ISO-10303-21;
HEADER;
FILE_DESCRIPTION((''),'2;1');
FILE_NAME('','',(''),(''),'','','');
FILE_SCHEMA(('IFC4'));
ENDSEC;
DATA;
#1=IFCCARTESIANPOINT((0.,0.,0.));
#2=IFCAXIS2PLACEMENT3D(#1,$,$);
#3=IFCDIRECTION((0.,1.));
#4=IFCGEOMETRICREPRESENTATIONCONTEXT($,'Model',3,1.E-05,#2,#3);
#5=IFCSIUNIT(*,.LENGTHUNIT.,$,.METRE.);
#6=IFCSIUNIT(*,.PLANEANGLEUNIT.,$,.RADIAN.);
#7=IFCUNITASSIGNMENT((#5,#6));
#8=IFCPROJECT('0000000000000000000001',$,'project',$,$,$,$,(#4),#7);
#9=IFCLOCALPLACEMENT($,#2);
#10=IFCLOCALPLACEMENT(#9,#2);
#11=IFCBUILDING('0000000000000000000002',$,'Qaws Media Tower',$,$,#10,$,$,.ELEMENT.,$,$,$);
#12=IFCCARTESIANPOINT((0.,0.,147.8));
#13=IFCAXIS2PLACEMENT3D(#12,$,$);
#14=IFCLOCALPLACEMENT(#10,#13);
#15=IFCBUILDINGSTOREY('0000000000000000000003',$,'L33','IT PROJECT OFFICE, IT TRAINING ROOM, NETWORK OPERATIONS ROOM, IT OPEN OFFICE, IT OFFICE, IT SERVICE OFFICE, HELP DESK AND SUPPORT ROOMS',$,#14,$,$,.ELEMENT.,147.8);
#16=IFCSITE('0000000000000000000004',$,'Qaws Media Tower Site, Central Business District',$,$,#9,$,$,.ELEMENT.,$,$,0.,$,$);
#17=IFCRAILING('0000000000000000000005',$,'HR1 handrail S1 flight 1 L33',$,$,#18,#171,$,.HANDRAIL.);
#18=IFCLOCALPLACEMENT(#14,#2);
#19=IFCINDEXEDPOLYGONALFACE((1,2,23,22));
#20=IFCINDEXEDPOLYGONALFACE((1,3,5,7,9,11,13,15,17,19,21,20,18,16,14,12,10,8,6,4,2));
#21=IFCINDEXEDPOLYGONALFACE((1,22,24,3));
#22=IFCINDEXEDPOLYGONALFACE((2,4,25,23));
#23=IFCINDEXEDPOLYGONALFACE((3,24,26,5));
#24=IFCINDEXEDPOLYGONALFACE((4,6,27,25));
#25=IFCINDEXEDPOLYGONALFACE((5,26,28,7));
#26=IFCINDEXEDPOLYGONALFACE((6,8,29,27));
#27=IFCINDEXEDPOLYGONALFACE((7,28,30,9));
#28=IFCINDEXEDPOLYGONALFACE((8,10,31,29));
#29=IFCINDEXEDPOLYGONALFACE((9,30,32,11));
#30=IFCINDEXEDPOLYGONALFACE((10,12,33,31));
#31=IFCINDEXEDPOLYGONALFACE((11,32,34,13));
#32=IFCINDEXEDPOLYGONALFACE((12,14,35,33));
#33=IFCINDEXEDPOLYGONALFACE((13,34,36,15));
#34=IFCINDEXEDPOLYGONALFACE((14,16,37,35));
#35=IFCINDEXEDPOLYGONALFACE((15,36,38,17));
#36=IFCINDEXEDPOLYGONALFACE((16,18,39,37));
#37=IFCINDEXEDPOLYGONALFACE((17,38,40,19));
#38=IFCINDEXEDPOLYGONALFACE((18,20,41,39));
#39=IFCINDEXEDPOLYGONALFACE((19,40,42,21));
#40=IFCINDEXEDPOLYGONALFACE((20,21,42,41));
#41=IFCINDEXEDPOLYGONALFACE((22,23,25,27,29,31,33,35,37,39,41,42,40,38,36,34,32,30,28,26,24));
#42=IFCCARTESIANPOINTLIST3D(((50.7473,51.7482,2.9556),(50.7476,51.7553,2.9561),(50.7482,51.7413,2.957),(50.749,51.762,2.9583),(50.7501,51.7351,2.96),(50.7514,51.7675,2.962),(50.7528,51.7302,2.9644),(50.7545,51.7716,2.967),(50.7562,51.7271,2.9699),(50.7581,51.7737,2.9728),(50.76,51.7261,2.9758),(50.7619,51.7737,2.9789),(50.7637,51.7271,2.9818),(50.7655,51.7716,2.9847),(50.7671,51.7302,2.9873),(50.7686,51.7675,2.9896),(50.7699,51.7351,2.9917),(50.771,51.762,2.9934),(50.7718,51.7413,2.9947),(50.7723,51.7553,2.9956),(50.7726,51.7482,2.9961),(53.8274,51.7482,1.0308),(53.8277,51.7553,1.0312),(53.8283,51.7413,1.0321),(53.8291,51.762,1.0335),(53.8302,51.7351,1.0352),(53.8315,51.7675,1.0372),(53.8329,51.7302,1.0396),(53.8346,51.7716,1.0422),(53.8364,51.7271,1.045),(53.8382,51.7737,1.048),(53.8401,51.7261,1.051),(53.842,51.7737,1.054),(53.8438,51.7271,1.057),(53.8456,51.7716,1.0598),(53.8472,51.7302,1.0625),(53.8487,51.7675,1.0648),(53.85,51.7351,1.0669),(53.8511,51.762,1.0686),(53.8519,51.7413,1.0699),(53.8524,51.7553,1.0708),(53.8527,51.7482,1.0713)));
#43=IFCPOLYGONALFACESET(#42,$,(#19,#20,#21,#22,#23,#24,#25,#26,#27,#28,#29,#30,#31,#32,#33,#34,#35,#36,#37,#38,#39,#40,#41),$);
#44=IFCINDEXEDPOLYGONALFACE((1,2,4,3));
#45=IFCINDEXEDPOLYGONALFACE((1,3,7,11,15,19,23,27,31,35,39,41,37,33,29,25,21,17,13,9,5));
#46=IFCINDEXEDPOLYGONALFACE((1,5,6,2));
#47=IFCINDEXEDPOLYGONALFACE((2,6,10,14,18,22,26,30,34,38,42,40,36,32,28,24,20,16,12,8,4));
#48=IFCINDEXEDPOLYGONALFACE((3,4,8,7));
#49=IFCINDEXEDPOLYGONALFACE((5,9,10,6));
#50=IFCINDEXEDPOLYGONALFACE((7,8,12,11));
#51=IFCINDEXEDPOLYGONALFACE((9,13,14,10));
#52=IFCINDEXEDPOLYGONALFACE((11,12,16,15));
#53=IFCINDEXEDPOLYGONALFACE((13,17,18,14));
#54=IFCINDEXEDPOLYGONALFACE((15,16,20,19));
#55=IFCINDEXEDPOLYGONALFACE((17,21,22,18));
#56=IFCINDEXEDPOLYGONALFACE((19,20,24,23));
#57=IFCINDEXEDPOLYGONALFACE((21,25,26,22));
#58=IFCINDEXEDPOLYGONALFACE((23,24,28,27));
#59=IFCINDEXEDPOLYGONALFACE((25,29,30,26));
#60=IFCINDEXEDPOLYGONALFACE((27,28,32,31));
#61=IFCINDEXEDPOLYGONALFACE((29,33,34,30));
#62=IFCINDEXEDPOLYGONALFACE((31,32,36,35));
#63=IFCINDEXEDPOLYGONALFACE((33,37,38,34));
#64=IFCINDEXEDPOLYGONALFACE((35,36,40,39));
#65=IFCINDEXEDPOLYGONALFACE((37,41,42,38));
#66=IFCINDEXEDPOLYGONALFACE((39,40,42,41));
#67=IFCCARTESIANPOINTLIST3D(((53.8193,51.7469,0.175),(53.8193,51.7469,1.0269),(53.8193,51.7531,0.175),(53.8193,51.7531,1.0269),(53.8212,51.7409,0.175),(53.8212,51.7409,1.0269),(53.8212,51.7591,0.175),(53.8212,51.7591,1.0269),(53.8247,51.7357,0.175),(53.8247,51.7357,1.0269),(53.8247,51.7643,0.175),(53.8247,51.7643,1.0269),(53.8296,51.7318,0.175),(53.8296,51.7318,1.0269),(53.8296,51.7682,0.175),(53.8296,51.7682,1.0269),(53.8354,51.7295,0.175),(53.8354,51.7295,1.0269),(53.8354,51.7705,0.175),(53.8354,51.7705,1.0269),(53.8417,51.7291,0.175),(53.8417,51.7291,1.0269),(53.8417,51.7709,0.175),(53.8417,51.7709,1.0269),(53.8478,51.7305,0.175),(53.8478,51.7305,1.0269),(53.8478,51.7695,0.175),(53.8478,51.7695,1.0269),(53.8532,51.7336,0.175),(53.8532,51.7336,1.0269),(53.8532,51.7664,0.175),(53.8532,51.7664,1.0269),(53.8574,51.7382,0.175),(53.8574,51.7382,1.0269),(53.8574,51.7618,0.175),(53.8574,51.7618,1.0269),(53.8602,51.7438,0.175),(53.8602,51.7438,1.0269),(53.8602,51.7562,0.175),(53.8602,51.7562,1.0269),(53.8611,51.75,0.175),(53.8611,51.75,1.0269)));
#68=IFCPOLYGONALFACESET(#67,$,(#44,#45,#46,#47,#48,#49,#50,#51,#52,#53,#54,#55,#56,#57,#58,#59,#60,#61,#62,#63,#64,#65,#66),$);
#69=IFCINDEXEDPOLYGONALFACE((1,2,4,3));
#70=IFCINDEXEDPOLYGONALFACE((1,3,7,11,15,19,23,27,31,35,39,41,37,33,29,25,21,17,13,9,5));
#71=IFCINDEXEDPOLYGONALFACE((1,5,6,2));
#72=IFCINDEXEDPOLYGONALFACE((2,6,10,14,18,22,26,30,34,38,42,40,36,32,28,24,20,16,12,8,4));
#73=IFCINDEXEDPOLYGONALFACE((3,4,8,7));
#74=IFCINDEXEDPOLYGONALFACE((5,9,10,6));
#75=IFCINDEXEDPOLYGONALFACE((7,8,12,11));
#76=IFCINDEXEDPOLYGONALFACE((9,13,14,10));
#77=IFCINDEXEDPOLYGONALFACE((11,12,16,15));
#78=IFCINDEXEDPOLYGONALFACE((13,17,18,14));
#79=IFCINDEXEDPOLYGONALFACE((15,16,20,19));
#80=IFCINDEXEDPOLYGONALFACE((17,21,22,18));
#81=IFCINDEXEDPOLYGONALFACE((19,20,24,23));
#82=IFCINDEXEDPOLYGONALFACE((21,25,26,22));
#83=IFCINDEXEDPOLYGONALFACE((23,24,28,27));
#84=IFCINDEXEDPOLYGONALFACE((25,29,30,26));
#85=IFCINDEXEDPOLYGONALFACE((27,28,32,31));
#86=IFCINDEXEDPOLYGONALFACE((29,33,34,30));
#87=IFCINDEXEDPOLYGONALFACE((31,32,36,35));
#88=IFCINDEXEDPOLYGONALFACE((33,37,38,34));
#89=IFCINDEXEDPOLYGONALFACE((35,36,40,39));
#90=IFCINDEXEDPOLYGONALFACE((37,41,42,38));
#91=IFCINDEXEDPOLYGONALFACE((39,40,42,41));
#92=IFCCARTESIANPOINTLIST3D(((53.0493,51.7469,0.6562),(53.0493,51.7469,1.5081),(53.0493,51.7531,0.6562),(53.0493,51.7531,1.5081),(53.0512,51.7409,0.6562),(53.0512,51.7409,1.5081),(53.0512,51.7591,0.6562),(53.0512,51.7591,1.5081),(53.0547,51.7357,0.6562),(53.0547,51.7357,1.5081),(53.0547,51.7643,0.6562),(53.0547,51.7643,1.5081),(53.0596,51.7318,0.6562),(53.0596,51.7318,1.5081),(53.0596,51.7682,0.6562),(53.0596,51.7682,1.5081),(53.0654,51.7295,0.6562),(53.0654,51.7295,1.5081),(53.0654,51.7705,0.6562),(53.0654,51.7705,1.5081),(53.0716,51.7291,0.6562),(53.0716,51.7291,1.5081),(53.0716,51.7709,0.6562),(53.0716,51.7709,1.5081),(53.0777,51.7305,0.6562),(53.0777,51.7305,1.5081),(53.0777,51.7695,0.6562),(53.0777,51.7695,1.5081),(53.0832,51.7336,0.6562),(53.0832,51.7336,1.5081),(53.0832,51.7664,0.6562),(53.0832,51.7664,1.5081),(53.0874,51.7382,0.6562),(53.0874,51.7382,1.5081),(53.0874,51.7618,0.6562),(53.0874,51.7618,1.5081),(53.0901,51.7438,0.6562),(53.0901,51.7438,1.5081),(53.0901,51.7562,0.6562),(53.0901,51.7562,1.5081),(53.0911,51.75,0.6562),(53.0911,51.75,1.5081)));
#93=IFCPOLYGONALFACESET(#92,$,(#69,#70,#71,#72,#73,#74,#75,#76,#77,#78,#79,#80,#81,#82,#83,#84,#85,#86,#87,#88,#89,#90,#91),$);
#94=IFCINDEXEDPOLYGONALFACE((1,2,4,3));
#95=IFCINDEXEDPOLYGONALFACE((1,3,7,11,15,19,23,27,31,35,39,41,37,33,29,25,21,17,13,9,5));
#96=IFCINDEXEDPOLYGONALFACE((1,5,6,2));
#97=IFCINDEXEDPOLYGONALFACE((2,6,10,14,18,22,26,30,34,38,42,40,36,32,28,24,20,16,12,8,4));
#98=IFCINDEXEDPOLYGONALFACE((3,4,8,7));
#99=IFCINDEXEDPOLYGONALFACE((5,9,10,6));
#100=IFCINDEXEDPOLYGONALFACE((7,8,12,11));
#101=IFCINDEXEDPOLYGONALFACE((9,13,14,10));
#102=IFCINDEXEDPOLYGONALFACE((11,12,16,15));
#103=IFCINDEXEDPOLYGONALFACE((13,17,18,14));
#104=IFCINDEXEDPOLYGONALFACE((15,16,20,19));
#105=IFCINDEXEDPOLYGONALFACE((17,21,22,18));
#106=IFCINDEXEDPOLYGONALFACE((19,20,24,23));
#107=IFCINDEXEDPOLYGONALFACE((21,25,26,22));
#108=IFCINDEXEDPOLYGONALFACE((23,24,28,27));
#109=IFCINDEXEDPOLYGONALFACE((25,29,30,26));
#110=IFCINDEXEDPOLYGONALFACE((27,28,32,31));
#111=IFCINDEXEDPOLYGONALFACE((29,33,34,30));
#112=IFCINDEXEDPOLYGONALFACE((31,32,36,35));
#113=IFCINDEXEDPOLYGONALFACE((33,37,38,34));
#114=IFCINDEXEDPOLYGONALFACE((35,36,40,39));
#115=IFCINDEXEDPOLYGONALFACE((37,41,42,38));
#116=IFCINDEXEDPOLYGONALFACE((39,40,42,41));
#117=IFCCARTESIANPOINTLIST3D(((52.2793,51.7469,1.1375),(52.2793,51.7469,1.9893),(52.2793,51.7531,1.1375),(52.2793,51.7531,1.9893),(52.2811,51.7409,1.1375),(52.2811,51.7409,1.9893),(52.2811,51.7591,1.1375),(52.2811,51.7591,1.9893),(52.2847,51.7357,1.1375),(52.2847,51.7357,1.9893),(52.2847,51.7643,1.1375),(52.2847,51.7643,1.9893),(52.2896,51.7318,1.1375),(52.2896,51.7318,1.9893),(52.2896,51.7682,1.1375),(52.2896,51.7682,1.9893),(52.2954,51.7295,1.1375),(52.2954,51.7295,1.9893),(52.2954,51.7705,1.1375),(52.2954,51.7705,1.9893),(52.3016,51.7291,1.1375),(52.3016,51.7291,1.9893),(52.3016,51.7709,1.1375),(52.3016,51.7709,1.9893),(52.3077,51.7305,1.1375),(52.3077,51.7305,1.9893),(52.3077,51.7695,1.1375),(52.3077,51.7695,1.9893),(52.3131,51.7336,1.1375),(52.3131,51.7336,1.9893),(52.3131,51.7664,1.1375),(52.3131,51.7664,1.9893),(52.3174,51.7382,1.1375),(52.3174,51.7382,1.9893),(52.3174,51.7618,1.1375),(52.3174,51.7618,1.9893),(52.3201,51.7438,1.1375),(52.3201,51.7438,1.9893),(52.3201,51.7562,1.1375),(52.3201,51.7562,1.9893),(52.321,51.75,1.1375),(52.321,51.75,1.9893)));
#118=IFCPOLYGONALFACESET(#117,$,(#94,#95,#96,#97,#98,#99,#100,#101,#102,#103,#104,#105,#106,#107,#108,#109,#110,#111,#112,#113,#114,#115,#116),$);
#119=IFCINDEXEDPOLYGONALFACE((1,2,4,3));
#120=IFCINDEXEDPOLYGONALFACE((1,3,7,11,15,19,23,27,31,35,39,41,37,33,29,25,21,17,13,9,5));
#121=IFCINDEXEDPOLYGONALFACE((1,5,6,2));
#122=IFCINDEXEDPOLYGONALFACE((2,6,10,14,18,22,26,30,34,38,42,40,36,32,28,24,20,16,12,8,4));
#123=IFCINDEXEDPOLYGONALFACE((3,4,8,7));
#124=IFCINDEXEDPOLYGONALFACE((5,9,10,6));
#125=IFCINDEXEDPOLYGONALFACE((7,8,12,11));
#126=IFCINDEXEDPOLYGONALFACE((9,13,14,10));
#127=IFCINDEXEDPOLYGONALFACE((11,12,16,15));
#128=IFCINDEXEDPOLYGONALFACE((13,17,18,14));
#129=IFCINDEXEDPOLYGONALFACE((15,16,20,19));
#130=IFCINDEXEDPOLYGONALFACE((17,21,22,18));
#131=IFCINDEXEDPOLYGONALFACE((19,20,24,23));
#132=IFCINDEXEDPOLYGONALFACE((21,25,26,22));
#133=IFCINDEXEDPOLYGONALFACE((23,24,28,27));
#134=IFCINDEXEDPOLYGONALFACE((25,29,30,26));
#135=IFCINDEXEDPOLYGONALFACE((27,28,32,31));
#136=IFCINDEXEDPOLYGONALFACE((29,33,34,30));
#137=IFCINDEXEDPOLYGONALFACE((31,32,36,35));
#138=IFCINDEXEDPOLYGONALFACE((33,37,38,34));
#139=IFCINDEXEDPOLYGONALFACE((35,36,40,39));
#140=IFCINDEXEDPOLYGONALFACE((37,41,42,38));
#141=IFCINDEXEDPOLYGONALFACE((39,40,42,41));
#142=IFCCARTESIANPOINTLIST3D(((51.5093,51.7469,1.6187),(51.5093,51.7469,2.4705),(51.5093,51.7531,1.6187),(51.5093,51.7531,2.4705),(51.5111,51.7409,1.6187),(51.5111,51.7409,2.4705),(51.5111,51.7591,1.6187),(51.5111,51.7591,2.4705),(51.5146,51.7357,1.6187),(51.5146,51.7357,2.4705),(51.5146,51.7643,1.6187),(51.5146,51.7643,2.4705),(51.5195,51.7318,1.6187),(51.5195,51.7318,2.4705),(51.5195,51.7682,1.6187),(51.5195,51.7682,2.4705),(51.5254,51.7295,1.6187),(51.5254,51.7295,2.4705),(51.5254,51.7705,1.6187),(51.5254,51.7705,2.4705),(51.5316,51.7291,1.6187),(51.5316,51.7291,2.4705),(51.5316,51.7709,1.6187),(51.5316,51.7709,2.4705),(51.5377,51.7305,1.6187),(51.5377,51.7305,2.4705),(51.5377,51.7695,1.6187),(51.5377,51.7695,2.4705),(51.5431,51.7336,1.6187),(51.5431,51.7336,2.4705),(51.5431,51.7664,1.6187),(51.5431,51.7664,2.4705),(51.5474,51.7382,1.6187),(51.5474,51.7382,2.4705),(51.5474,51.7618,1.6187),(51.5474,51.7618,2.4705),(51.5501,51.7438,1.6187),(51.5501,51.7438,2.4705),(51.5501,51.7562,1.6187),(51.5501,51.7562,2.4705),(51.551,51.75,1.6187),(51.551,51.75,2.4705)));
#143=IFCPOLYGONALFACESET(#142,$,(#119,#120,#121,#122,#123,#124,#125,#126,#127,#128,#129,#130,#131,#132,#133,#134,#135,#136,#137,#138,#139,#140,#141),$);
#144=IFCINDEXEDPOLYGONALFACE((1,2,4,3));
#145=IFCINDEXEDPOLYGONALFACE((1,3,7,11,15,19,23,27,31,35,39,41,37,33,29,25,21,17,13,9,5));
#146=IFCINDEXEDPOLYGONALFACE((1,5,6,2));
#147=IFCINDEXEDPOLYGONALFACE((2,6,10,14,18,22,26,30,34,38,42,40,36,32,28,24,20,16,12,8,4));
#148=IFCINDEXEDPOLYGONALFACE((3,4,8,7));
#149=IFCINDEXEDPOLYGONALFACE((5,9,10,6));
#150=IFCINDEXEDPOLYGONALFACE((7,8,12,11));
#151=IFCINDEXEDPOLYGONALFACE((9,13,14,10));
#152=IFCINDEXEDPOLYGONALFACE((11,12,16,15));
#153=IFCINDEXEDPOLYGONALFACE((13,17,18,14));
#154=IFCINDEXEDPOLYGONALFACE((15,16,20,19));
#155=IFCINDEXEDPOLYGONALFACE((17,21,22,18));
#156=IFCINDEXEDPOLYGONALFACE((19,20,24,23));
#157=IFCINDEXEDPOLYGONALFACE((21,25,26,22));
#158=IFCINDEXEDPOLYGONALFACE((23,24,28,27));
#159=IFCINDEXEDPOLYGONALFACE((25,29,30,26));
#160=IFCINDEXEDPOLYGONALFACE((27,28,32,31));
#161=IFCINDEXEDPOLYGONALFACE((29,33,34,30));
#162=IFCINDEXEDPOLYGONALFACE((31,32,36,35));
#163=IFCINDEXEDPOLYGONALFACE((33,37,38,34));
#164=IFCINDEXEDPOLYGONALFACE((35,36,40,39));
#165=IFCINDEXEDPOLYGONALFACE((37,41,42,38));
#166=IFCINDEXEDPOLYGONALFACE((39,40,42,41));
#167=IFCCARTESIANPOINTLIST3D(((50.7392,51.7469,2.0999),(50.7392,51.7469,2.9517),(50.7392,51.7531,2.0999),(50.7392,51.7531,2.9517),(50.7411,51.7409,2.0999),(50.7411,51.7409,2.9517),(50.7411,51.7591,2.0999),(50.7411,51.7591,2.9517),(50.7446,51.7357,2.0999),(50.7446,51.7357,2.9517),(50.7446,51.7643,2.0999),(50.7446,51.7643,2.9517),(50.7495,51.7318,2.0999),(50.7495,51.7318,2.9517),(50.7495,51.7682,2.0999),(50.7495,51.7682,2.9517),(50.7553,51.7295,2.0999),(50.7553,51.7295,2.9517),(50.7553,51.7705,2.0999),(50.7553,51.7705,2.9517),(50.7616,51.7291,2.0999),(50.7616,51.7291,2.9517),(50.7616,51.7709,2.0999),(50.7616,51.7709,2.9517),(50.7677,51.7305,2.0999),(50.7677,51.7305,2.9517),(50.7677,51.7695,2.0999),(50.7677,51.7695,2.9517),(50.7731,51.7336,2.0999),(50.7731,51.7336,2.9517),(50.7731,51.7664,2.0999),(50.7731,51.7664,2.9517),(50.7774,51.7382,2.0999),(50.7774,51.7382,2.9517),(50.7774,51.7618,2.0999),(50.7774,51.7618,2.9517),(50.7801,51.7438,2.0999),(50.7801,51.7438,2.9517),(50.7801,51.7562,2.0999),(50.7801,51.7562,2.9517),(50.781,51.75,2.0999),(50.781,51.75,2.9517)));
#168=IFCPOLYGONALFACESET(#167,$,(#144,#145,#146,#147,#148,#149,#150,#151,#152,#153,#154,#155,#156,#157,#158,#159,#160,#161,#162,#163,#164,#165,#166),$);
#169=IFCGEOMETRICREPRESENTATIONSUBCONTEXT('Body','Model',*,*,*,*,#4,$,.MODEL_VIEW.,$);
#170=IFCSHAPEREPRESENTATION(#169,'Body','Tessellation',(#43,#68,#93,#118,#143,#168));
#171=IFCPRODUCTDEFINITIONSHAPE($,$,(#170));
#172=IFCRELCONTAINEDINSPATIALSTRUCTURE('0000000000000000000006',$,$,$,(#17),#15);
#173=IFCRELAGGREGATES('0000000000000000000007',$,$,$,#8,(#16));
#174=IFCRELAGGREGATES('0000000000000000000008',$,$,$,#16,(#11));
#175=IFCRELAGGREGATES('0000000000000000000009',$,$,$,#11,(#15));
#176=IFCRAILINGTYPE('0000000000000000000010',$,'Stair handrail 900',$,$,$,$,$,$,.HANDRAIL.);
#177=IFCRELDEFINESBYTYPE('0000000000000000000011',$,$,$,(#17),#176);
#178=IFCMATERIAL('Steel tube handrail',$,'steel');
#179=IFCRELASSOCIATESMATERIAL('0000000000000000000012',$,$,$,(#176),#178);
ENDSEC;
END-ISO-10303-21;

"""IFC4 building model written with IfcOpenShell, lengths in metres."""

from ifc_helpers import new_model, si_unit, direction, frame, origin, origin_2d, place, context, subcontext, project, spatial, circle, extrude, material, type_object, element, save


model = new_model("IFC4")

# Units and contexts
model_context = context("Model", 3, precision=1e-05, world=origin(), true_north=direction((0.0, 1.0)))
body_context = subcontext(model_context, "Body", "Model", "MODEL_VIEW")
ifc_project = project(units=[si_unit("LENGTHUNIT", "METRE"), si_unit("PLANEANGLEUNIT", "RADIAN")], contexts=[model_context])

# Site, building, storey
site_placement = place(None, origin())
site = spatial("IfcSite", under=ifc_project, at=site_placement, Name="Qaws Media Tower Site, Central Business District", CompositionType="ELEMENT", RefElevation=0.0)
building_placement = place(site_placement, origin())
building = spatial("IfcBuilding", under=site, at=building_placement, Name="Qaws Media Tower", CompositionType="ELEMENT")
storey_placement = place(building_placement, frame((0.0, 0.0, 147.8)))
storey = spatial("IfcBuildingStorey", under=building, at=storey_placement, Name="L33", Description="IT PROJECT OFFICE, IT TRAINING ROOM, NETWORK OPERATIONS ROOM, IT OPEN OFFICE, IT OFFICE, IT SERVICE OFFICE, HELP DESK AND SUPPORT ROOMS", CompositionType="ELEMENT", Elevation=147.8)

# Railing
ifc_material_1 = material(Name="Steel tube handrail", Category="steel")
railing_type = type_object("IfcRailingType", Name="Stair handrail 900", PredefinedType="HANDRAIL", material=ifc_material_1)
for number, where, name in (
    (1, (53.8401, 51.75, 0.175), "HR1 handrail S1 flight 1 L33"),
):
    element("IfcRailing", number, at=place(storey_placement, frame(where)), inside=storey, type_object=railing_type, Name=name, PredefinedType="HANDRAIL", context=body_context, shape_type="SweptSolid", body=[
        extrude(circle(Radius=0.0239, at=origin_2d()), frame((0.0, 0.0, 0.876), z_axis=(-0.848029, 0.0, 0.529951), x_axis=(0.0, -1.0, 0.0)), (0.0, 0.0, 1.0), 3.6321),
        extrude(circle(Radius=0.021, at=origin_2d()), origin(), (0.0, 0.0, 1.0), 0.8518),
        extrude(circle(Radius=0.021, at=origin_2d()), frame((-0.77, 0.0, 0.4812)), (0.0, 0.0, 1.0), 0.8518),
        extrude(circle(Radius=0.021, at=origin_2d()), frame((-1.54, 0.0, 0.9624)), (0.0, 0.0, 1.0), 0.8518),
        extrude(circle(Radius=0.021, at=origin_2d()), frame((-2.3101, 0.0, 1.4436)), (0.0, 0.0, 1.0), 0.8518),
        extrude(circle(Radius=0.021, at=origin_2d()), frame((-3.0801, 0.0, 1.9248)), (0.0, 0.0, 1.0), 0.8518),
    ])

save(model, "model.ifc")
